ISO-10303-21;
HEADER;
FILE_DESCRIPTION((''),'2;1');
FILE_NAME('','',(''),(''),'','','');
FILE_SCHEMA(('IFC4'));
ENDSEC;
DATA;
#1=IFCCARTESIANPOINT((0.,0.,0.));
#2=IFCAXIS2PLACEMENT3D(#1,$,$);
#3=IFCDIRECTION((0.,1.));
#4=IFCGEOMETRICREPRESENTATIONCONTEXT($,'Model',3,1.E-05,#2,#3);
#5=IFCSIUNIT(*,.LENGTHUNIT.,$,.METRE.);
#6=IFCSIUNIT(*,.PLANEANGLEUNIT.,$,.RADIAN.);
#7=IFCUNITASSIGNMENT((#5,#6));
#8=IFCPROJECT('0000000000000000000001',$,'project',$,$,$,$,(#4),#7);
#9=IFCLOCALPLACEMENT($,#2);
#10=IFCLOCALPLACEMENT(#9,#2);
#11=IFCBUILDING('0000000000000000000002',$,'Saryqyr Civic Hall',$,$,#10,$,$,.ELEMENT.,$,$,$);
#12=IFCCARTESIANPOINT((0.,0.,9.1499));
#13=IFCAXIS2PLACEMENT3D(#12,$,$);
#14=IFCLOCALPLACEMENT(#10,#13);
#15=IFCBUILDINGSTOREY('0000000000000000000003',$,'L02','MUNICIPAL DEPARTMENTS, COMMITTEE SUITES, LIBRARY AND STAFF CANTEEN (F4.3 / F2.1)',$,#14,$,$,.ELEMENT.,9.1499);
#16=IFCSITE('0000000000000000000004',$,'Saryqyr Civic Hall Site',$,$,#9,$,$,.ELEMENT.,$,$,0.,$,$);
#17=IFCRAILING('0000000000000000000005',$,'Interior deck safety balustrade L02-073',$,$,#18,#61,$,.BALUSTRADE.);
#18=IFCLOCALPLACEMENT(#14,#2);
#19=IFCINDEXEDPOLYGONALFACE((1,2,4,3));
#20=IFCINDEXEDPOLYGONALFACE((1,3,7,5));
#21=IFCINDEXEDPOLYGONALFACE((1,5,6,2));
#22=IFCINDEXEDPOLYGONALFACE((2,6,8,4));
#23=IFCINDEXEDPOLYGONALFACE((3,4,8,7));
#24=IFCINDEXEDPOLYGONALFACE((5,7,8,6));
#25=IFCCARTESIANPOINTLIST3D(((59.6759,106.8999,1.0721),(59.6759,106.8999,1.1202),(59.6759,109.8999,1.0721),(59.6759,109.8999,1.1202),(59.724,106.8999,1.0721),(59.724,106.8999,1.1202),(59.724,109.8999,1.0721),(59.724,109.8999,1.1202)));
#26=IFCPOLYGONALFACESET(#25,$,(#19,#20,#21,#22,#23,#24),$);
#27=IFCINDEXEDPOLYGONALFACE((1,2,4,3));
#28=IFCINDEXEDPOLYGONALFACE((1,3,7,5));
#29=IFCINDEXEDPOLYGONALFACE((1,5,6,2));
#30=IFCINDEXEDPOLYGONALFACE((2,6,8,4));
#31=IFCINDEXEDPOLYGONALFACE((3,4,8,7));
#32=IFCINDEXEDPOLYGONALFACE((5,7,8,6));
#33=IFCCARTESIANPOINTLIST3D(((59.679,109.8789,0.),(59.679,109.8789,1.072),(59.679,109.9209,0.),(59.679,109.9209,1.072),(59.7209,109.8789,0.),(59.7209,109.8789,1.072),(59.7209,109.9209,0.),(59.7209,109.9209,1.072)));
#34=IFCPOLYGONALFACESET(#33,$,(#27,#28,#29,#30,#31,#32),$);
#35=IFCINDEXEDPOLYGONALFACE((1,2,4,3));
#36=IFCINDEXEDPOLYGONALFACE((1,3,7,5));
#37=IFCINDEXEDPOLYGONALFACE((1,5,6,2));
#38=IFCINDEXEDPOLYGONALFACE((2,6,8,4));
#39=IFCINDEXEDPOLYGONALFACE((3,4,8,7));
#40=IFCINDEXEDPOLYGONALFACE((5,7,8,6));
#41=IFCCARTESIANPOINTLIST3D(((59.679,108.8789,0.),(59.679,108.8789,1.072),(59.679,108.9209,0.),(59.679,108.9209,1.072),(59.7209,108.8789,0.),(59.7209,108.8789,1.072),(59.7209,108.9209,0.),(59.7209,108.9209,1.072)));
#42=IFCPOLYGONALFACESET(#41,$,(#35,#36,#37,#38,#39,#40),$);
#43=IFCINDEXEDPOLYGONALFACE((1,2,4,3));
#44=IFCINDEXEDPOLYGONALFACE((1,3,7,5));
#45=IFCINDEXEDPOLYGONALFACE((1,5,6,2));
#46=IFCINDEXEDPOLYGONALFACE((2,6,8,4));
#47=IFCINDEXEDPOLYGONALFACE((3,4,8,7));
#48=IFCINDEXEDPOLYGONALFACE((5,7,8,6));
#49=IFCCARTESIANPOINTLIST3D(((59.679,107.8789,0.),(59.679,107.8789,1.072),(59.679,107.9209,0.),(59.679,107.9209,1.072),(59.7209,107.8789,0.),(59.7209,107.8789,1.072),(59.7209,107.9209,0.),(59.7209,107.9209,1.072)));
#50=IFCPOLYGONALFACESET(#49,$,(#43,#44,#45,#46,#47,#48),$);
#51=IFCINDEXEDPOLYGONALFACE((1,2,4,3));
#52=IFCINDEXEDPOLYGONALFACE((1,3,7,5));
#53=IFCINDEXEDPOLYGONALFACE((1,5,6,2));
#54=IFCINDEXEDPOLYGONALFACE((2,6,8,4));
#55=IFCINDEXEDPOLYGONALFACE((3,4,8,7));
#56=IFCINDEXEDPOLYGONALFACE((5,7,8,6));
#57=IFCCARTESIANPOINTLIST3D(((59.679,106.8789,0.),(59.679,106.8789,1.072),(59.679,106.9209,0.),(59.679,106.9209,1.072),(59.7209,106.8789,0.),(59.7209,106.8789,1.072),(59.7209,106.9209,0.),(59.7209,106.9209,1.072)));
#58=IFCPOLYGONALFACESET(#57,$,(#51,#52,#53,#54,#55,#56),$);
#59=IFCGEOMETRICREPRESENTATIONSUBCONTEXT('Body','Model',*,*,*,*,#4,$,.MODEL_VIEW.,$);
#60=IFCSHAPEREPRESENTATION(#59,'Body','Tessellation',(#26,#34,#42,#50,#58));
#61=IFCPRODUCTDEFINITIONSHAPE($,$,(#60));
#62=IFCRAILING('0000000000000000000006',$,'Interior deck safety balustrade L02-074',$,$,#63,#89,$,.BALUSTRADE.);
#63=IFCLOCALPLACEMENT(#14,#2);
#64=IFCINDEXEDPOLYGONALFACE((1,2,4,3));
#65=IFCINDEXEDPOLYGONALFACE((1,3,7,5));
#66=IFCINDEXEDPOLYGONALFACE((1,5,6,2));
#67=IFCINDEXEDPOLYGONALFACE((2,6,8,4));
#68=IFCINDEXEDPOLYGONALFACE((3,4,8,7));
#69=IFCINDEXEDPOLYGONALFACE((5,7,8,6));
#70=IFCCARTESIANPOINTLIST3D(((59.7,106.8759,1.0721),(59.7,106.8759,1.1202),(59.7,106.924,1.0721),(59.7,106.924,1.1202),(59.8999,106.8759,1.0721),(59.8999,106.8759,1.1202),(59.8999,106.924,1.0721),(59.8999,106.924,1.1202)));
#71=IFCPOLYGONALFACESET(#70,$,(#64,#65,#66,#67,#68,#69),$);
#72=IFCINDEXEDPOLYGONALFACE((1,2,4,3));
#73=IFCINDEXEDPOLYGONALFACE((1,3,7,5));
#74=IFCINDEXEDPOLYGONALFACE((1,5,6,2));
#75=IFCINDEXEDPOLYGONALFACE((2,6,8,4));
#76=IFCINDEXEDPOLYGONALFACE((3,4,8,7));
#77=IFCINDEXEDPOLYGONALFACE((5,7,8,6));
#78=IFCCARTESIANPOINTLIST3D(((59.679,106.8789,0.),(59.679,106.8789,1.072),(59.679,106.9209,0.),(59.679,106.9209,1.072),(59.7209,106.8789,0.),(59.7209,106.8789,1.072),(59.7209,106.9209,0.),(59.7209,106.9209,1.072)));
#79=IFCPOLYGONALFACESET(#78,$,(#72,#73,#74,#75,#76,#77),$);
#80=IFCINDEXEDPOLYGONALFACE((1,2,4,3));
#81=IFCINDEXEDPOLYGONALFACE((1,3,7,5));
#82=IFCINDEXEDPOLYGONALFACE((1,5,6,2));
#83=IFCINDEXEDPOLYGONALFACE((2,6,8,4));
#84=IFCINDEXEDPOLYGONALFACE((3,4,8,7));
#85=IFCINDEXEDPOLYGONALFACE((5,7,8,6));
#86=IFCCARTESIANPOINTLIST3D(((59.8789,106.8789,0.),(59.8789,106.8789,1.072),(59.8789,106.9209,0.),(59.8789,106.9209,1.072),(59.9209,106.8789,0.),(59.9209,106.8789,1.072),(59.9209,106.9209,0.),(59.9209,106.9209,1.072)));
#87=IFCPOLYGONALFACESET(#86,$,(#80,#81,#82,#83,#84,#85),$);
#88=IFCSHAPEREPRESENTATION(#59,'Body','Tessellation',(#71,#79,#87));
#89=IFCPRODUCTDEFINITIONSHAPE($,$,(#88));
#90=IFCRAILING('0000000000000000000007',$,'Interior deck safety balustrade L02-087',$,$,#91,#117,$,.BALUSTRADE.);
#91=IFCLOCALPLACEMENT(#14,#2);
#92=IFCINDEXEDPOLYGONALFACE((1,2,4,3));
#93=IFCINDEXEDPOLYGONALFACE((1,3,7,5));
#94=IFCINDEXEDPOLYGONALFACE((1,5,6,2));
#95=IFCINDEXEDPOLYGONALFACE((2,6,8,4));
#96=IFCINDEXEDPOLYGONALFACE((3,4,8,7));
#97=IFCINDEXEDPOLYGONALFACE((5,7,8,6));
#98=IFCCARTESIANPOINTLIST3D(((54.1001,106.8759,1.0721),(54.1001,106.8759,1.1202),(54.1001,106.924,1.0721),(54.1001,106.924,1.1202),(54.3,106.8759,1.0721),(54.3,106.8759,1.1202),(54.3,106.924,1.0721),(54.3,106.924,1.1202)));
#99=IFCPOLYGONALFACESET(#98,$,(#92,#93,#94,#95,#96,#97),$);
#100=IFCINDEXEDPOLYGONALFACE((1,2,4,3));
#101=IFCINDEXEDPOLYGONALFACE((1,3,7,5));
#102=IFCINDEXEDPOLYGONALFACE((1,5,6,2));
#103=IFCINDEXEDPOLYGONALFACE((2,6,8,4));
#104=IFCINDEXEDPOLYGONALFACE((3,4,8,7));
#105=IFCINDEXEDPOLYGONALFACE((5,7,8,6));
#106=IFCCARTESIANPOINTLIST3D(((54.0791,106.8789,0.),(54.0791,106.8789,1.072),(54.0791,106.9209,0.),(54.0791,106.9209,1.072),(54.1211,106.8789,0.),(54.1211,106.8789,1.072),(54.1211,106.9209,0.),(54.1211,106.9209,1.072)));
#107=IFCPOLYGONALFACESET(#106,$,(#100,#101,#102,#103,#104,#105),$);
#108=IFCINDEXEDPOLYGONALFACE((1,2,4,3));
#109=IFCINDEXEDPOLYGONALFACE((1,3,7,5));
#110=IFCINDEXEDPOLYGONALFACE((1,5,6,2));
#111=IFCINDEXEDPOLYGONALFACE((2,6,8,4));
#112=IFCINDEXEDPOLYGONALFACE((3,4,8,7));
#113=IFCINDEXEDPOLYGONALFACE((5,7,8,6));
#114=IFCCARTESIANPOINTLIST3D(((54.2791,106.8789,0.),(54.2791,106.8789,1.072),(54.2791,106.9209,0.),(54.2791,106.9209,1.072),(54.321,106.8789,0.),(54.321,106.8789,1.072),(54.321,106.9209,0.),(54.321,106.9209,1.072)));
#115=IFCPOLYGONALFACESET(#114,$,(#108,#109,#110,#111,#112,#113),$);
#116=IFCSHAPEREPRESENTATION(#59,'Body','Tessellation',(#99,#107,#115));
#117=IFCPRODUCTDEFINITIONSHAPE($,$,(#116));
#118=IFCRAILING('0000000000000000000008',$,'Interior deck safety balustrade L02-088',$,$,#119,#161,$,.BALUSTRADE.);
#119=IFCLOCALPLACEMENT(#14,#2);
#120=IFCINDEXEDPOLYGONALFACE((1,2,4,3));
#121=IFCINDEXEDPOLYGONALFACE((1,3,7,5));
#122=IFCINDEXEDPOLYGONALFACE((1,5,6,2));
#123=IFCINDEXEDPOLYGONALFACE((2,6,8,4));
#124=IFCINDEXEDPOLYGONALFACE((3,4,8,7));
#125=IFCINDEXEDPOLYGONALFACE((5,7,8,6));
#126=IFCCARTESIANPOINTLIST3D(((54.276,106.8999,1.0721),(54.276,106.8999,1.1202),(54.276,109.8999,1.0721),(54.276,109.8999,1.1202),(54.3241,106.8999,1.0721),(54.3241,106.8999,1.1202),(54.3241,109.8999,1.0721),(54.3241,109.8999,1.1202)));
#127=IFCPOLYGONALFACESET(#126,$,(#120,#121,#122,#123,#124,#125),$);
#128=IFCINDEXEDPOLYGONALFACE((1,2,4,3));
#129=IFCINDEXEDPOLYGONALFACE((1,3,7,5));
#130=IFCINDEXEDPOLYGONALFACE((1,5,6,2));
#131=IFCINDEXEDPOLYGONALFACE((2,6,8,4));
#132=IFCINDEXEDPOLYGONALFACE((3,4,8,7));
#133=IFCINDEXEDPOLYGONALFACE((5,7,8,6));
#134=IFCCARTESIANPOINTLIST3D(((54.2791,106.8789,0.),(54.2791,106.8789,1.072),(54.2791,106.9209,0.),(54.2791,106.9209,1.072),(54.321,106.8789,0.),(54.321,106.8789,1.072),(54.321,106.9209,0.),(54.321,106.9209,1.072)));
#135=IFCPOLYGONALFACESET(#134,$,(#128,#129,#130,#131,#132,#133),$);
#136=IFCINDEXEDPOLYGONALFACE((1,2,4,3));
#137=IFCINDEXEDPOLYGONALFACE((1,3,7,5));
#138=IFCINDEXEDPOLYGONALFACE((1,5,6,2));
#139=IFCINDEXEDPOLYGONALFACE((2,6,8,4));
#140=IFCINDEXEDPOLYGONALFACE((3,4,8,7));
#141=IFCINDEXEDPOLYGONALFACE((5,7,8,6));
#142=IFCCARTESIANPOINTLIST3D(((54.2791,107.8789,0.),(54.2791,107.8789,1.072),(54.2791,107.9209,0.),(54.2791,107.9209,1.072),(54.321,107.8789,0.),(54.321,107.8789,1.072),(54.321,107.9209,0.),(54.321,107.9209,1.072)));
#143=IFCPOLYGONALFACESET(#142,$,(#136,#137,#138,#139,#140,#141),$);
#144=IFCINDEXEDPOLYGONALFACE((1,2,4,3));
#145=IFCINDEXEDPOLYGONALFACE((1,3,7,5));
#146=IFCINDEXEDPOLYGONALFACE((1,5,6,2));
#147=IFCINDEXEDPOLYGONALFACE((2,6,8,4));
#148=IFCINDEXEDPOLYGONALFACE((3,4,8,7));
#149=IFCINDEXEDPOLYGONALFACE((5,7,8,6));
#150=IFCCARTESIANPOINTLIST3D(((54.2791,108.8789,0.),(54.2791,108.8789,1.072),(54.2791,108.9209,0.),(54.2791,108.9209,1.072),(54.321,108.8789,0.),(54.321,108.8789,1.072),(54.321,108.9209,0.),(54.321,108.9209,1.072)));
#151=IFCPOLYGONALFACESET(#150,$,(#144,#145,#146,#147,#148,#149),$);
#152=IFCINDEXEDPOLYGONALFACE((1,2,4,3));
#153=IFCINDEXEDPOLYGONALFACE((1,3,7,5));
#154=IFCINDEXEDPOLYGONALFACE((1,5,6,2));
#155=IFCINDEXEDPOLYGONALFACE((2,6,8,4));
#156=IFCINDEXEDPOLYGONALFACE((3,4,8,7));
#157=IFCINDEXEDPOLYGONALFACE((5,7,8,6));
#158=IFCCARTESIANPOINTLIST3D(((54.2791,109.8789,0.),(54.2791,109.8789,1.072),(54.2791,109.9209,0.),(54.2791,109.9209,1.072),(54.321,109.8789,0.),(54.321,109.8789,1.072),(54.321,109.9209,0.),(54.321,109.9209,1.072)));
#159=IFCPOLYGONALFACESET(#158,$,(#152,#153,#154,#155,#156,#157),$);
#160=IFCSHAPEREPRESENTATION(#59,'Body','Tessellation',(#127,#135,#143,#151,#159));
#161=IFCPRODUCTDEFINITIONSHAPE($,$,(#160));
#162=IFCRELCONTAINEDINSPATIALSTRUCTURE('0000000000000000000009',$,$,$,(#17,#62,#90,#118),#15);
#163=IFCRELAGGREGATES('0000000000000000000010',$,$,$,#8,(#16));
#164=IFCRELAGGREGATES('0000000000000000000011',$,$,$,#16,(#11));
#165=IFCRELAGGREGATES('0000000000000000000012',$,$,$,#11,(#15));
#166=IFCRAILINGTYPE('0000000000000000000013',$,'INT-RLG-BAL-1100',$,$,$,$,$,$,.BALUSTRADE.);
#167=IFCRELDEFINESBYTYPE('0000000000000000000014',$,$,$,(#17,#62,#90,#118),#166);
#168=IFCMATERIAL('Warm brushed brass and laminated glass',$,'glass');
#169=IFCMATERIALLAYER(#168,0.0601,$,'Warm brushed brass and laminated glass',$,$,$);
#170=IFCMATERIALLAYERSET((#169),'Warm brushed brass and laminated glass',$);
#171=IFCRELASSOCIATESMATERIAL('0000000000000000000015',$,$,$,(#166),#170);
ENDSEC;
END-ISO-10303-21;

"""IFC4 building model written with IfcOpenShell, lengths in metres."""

from ifc_helpers import new_model, si_unit, direction, frame, origin, origin_2d, place, context, subcontext, project, spatial, rectangle, extrude, material, layer, layer_set, type_object, element, save


model = new_model("IFC4")

# Units and contexts
model_context = context("Model", 3, precision=1e-05, world=origin(), true_north=direction((0.0, 1.0)))
body_context = subcontext(model_context, "Body", "Model", "MODEL_VIEW")
ifc_project = project(units=[si_unit("LENGTHUNIT", "METRE"), si_unit("PLANEANGLEUNIT", "RADIAN")], contexts=[model_context])

# Site, building, storey
site_placement = place(None, origin())
site = spatial("IfcSite", under=ifc_project, at=site_placement, Name="Saryqyr Civic Hall Site", CompositionType="ELEMENT", RefElevation=0.0)
building_placement = place(site_placement, origin())
building = spatial("IfcBuilding", under=site, at=building_placement, Name="Saryqyr Civic Hall", CompositionType="ELEMENT")
storey_placement = place(building_placement, frame((0.0, 0.0, 9.1499)))
storey = spatial("IfcBuildingStorey", under=building, at=storey_placement, Name="L02", Description="MUNICIPAL DEPARTMENTS, COMMITTEE SUITES, LIBRARY AND STAFF CANTEEN (F4.3 / F2.1)", CompositionType="ELEMENT", Elevation=9.1499)

# Railings
ifc_material_1 = material(Name="Warm brushed brass and laminated glass", Category="glass")
ifc_layer_1 = layer(ifc_material_1, 0.0601, Name="Warm brushed brass and laminated glass")
ifc_layer_set_1 = layer_set([ifc_layer_1], Name="Warm brushed brass and laminated glass")
railing_type_1 = type_object("IfcRailingType", Name="INT-RLG-BAL-1100", PredefinedType="BALUSTRADE", material=ifc_layer_set_1)
railing_1_placement = place(storey_placement, frame((59.7, 109.8999, 0.0)))
element("IfcRailing", 1, at=railing_1_placement, inside=storey, type_object=railing_type_1, Name="Interior deck safety balustrade L02-073", PredefinedType="BALUSTRADE", context=body_context, shape_type="SweptSolid", body=[
    extrude(rectangle(XDim=0.0481, YDim=0.0481, at=origin_2d()), frame((0.0, 0.0, 1.0962), z_axis=(0.0, -1.0, 0.0), x_axis=(1.0, 0.0, 0.0)), (0.0, 0.0, 1.0), 3.0),
    extrude(rectangle(XDim=0.042, YDim=0.042, at=origin_2d()), origin(), (0.0, 0.0, 1.0), 1.072),
    extrude(rectangle(XDim=0.042, YDim=0.042, at=origin_2d()), frame((0.0, -1.0, 0.0)), (0.0, 0.0, 1.0), 1.072),
    extrude(rectangle(XDim=0.042, YDim=0.042, at=origin_2d()), frame((0.0, -2.0, 0.0)), (0.0, 0.0, 1.0), 1.072),
    extrude(rectangle(XDim=0.042, YDim=0.042, at=origin_2d()), frame((0.0, -3.0, 0.0)), (0.0, 0.0, 1.0), 1.072),
])
for number, where, name in (
    (2, (59.7, 106.8999, 0.0), "Interior deck safety balustrade L02-074"),
    (3, (54.1001, 106.8999, 0.0), "Interior deck safety balustrade L02-087"),
):
    element("IfcRailing", number, at=place(storey_placement, frame(where)), inside=storey, type_object=railing_type_1, Name=name, PredefinedType="BALUSTRADE", context=body_context, shape_type="SweptSolid", body=[
        extrude(rectangle(XDim=0.0481, YDim=0.0481, at=origin_2d()), frame((0.0, 0.0, 1.0962), z_axis=(1.0, 0.0, 0.0), x_axis=(0.0, 1.0, 0.0)), (0.0, 0.0, 1.0), 0.2),
        extrude(rectangle(XDim=0.042, YDim=0.042, at=origin_2d()), origin(), (0.0, 0.0, 1.0), 1.072),
        extrude(rectangle(XDim=0.042, YDim=0.042, at=origin_2d()), frame((0.2, 0.0, 0.0)), (0.0, 0.0, 1.0), 1.072),
    ])
railing_2_placement = place(storey_placement, frame((54.3, 106.8999, 0.0)))
element("IfcRailing", 4, at=railing_2_placement, inside=storey, type_object=railing_type_1, Name="Interior deck safety balustrade L02-088", PredefinedType="BALUSTRADE", context=body_context, shape_type="SweptSolid", body=[
    extrude(rectangle(XDim=0.0481, YDim=0.0481, at=origin_2d()), frame((0.0, 0.0, 1.0962), z_axis=(0.0, 1.0, 0.0), x_axis=(-1.0, 0.0, 0.0)), (0.0, 0.0, 1.0), 3.0),
    extrude(rectangle(XDim=0.042, YDim=0.042, at=origin_2d()), origin(), (0.0, 0.0, 1.0), 1.072),
    extrude(rectangle(XDim=0.042, YDim=0.042, at=origin_2d()), frame((0.0, 1.0, 0.0)), (0.0, 0.0, 1.0), 1.072),
    extrude(rectangle(XDim=0.042, YDim=0.042, at=origin_2d()), frame((0.0, 2.0, 0.0)), (0.0, 0.0, 1.0), 1.072),
    extrude(rectangle(XDim=0.042, YDim=0.042, at=origin_2d()), frame((0.0, 3.0, 0.0)), (0.0, 0.0, 1.0), 1.072),
])

save(model, "model.ifc")
